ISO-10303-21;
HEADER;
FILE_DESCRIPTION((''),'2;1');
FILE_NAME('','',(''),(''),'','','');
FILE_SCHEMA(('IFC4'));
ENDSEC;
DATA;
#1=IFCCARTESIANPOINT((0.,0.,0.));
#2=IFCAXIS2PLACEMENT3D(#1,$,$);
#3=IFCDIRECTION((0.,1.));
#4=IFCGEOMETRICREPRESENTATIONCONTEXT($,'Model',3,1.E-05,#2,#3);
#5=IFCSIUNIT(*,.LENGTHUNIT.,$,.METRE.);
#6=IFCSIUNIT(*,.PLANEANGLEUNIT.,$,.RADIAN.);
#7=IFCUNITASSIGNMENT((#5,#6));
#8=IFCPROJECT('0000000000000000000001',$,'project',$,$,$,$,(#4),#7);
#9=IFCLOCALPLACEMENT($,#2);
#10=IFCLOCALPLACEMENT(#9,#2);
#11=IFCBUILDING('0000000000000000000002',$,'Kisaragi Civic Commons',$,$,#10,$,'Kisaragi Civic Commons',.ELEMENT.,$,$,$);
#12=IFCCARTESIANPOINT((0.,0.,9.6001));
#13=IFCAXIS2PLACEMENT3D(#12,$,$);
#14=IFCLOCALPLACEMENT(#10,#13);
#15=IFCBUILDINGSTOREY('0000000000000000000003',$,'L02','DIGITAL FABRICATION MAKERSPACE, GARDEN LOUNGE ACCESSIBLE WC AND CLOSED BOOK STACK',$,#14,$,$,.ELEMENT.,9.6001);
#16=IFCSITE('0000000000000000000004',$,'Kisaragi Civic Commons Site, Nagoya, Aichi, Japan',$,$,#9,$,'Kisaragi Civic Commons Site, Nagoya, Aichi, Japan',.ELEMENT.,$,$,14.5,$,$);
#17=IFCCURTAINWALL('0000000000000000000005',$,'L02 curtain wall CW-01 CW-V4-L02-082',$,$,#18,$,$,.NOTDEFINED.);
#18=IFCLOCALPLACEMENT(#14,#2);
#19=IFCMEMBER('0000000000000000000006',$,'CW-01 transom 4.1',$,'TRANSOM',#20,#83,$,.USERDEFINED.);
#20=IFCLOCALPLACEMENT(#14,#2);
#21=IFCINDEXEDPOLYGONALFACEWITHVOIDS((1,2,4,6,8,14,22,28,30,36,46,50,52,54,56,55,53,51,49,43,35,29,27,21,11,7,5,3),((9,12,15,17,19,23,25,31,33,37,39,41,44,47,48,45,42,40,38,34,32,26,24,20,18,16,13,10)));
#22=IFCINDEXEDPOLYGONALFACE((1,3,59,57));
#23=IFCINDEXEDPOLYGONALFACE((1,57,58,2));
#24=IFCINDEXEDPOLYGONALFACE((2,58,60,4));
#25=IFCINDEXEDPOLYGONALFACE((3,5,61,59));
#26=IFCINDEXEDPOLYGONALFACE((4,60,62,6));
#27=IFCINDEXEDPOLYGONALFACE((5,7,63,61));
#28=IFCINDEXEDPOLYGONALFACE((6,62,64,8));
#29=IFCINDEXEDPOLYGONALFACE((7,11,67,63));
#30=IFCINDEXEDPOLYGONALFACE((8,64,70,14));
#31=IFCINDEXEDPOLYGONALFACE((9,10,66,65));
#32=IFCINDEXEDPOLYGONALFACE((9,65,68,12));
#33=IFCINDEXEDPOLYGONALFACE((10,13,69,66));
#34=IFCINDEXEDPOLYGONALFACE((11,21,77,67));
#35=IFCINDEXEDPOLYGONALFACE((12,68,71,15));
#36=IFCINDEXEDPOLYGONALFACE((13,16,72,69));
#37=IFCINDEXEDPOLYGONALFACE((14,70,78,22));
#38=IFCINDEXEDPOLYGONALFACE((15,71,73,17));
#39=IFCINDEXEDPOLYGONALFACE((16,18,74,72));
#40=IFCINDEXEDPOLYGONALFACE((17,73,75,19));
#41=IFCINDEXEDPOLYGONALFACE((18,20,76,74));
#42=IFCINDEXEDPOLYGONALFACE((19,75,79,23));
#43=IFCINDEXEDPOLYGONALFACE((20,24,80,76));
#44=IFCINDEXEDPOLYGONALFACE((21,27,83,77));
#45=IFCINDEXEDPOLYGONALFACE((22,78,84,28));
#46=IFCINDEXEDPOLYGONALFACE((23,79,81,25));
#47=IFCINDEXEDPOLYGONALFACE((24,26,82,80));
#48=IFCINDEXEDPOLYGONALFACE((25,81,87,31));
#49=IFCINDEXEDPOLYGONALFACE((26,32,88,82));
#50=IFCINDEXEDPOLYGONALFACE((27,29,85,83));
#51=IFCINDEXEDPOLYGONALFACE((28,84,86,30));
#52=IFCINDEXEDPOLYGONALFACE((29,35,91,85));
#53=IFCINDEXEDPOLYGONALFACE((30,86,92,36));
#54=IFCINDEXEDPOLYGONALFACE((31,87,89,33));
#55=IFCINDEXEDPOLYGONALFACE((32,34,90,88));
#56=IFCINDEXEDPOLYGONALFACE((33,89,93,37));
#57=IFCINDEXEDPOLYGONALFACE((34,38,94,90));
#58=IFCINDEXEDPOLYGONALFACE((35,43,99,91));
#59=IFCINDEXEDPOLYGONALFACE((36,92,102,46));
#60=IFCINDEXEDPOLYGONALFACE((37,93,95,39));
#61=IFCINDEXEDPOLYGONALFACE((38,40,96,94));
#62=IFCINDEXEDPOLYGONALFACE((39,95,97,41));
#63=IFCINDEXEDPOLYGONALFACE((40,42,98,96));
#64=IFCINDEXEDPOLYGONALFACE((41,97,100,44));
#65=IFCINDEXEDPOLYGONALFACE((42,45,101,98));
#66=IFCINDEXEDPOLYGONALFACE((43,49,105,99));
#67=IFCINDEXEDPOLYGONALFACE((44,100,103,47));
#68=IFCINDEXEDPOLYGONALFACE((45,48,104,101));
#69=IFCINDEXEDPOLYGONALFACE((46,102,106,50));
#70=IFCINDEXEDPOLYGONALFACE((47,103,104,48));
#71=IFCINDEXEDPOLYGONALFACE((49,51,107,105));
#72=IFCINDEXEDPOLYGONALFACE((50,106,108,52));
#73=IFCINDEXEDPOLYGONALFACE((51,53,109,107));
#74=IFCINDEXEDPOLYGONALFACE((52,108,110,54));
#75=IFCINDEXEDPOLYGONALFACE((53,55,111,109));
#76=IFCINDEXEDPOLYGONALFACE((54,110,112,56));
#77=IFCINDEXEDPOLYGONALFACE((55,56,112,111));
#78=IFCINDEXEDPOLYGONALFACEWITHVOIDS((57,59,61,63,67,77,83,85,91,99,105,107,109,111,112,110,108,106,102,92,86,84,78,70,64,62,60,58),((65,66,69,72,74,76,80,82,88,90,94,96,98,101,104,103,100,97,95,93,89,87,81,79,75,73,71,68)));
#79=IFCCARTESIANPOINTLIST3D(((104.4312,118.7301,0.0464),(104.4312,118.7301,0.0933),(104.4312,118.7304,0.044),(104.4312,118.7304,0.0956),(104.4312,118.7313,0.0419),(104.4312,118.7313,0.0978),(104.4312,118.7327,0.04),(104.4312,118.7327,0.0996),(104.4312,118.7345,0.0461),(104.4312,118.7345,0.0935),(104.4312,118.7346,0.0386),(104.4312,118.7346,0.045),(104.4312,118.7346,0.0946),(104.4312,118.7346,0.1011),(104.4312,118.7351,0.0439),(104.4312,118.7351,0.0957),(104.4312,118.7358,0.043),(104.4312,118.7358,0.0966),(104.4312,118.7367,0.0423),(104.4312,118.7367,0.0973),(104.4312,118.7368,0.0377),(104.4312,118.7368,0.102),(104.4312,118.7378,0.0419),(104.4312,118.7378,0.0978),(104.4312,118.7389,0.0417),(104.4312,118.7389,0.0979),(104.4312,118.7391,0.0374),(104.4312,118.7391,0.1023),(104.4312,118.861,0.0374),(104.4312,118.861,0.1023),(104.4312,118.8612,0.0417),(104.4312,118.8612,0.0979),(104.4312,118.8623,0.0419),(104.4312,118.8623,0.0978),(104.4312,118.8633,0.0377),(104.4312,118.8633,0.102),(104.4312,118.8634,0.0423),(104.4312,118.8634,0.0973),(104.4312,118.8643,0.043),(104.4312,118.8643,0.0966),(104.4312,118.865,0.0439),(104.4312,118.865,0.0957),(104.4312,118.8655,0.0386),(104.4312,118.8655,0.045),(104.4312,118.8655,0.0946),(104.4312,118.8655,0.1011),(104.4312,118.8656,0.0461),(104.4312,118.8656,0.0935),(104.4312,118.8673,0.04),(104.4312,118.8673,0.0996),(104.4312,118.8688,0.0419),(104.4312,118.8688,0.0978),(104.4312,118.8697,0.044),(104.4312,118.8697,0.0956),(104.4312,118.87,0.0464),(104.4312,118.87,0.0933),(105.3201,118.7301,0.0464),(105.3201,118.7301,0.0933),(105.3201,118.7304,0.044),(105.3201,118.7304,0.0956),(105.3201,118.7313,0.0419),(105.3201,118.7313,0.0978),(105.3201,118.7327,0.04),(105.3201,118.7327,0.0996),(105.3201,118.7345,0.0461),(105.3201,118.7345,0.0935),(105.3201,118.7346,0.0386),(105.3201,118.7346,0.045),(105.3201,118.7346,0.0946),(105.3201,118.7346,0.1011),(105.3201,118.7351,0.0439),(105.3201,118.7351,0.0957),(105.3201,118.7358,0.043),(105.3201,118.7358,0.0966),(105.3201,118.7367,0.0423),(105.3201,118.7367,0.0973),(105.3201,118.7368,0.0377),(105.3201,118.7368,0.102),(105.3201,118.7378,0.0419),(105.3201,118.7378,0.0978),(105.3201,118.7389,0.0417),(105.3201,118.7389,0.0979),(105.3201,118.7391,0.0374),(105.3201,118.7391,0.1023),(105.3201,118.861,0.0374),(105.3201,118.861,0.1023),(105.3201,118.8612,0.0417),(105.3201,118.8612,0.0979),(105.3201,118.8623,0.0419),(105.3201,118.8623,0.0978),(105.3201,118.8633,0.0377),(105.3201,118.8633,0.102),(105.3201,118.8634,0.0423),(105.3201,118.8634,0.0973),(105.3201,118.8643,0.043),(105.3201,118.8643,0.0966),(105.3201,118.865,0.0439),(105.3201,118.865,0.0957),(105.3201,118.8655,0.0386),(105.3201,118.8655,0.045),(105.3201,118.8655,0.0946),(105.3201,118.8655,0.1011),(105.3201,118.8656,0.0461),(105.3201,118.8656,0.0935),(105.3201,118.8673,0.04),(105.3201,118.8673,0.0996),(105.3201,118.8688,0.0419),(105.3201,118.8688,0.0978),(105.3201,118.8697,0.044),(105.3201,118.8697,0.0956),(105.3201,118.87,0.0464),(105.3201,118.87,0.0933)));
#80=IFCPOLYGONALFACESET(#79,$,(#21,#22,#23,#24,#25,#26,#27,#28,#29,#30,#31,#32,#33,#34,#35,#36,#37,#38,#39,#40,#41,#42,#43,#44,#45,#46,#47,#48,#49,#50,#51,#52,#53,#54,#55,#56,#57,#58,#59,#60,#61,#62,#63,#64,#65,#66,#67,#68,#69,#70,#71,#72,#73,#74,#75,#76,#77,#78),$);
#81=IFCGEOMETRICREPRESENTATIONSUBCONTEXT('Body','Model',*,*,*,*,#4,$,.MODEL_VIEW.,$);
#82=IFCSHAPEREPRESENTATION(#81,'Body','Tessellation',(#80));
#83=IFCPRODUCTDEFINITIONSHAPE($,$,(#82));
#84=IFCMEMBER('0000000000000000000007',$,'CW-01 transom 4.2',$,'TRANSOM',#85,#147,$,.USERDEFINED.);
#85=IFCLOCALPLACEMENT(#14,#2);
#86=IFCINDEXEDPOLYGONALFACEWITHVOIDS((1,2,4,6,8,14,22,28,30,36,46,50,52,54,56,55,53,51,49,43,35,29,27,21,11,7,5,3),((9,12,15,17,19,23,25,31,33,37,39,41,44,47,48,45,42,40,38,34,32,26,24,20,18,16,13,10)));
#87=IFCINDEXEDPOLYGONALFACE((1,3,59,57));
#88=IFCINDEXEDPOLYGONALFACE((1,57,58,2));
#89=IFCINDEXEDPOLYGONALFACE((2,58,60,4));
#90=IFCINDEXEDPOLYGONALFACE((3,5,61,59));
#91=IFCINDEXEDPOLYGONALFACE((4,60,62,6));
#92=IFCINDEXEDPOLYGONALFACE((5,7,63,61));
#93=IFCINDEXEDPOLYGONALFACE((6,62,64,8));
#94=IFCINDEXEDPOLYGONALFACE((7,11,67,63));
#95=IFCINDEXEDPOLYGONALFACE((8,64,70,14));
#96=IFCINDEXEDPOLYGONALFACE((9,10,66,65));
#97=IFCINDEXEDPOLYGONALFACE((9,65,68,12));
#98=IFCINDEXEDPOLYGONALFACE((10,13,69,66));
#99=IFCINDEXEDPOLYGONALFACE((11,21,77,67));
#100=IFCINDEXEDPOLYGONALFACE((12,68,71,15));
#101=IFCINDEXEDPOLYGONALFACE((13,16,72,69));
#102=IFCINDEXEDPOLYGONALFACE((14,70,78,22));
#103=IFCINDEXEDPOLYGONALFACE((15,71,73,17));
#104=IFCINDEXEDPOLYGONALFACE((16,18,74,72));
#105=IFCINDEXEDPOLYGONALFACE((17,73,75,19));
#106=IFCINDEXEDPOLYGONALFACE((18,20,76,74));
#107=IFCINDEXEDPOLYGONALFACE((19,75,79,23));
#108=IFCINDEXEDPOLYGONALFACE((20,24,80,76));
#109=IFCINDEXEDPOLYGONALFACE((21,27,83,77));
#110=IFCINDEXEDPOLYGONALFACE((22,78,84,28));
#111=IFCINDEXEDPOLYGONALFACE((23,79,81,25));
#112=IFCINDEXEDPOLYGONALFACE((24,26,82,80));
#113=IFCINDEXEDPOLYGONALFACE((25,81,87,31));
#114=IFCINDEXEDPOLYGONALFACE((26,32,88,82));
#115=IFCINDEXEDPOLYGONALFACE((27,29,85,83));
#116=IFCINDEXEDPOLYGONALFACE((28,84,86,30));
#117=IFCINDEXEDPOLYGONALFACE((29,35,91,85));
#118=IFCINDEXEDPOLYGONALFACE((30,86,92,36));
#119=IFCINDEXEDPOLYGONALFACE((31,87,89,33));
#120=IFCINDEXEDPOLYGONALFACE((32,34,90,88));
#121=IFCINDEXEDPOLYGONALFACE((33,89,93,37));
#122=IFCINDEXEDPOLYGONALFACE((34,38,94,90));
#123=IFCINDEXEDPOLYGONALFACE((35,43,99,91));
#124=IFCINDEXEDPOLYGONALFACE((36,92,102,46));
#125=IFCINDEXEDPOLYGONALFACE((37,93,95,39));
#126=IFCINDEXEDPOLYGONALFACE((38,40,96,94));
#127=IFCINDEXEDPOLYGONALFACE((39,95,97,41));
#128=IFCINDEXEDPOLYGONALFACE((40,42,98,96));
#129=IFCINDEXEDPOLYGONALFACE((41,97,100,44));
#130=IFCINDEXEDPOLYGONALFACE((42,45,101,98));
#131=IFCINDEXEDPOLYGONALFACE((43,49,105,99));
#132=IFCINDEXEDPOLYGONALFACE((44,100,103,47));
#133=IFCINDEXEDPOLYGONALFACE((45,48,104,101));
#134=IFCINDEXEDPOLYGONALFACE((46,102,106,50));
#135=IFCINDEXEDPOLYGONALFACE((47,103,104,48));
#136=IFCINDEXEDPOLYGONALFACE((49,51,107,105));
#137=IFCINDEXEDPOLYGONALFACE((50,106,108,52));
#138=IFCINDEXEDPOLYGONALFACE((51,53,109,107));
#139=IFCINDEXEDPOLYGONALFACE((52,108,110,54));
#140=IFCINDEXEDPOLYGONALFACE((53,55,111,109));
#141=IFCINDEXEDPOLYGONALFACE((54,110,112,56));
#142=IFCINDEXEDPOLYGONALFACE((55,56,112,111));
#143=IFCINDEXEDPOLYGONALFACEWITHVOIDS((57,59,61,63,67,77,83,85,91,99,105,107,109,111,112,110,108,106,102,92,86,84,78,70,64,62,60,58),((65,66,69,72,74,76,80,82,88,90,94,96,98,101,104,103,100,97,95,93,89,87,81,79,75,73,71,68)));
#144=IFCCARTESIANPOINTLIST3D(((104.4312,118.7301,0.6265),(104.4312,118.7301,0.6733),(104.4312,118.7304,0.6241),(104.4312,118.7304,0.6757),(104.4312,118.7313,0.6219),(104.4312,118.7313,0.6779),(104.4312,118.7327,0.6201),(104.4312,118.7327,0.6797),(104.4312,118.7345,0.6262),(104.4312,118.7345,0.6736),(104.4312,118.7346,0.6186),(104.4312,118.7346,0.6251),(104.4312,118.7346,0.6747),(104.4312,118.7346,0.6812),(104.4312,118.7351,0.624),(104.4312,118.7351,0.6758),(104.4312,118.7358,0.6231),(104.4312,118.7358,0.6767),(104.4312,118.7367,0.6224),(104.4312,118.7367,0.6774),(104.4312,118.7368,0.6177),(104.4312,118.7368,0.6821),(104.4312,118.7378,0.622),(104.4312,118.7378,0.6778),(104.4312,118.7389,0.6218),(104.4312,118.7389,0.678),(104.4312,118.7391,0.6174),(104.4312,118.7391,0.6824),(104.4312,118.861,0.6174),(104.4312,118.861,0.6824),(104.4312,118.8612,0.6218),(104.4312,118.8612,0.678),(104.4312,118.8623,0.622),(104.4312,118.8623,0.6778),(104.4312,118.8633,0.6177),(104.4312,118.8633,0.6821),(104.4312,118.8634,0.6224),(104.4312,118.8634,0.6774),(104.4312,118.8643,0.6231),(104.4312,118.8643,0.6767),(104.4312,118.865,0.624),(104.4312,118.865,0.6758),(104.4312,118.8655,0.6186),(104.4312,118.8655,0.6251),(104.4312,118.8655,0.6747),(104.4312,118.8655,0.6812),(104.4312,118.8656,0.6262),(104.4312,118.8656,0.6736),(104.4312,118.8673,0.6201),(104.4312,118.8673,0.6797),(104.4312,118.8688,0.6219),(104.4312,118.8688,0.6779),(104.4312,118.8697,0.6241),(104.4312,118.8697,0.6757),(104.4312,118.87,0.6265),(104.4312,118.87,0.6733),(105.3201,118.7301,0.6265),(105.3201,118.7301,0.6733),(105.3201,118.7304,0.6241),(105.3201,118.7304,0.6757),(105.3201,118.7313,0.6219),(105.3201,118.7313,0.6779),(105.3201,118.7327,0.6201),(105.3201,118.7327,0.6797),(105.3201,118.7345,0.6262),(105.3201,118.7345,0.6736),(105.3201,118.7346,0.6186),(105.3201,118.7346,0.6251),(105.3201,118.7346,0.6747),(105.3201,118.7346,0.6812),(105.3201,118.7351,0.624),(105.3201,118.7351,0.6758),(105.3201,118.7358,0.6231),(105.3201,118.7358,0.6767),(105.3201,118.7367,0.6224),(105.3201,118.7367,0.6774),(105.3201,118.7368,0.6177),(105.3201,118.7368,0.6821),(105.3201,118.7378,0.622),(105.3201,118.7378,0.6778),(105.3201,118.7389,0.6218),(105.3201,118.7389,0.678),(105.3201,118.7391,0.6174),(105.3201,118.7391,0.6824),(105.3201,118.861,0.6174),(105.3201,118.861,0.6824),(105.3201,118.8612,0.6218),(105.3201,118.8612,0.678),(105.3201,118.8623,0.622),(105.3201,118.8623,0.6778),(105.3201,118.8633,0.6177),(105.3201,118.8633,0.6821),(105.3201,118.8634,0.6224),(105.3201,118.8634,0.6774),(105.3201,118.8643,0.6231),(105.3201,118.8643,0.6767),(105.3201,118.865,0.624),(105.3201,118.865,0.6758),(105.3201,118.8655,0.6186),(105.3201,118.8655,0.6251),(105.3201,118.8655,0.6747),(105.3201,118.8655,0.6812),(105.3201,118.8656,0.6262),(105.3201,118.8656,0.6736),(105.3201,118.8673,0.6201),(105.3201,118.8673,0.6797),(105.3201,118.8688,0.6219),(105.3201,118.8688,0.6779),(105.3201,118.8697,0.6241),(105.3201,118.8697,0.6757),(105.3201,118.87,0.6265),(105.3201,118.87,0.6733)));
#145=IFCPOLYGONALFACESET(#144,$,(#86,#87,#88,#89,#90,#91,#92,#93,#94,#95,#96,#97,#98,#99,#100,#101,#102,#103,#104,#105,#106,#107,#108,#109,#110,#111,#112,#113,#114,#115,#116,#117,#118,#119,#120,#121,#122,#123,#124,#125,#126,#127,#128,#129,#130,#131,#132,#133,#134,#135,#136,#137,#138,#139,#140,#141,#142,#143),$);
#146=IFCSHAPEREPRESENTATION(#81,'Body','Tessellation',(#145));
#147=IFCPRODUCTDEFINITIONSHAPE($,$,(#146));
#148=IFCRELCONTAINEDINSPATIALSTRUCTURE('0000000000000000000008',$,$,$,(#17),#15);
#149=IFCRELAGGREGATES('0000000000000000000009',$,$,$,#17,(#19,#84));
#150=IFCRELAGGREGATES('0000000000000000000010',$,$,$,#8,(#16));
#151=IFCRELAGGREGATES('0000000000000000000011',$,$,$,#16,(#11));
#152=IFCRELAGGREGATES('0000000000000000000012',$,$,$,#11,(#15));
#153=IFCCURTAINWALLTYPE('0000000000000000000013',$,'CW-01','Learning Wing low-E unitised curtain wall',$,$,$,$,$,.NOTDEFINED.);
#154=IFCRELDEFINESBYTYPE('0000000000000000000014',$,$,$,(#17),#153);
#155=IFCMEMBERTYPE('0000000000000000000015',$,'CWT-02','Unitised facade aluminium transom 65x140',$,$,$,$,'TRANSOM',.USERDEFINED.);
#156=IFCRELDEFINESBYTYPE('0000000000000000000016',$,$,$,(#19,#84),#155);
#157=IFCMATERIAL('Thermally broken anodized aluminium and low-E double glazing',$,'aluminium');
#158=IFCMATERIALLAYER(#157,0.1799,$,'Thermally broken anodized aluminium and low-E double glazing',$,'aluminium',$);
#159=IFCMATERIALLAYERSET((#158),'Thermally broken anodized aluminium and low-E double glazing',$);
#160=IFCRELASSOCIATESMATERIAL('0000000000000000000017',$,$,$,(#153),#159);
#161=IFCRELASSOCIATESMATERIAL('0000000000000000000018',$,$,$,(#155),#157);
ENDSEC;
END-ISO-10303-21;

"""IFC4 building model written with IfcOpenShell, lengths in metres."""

from ifc_helpers import new_model, si_unit, direction, frame, origin, origin_2d, place, context, subcontext, project, spatial, hollow_rectangle, extrude, material, layer, layer_set, material_profile, profile_set, type_object, element, aggregate, save


model = new_model("IFC4")

# Units and contexts
model_context = context("Model", 3, precision=1e-05, world=origin(), true_north=direction((0.0, 1.0)))
body_context = subcontext(model_context, "Body", "Model", "MODEL_VIEW")
ifc_project = project(units=[si_unit("LENGTHUNIT", "METRE"), si_unit("PLANEANGLEUNIT", "RADIAN")], contexts=[model_context])

# Site, building, storey
site_placement = place(None, origin())
site = spatial("IfcSite", under=ifc_project, at=site_placement, Name="Kisaragi Civic Commons Site, Nagoya, Aichi, Japan", LongName="Kisaragi Civic Commons Site, Nagoya, Aichi, Japan", CompositionType="ELEMENT", RefElevation=14.5)
building_placement = place(site_placement, origin())
building = spatial("IfcBuilding", under=site, at=building_placement, Name="Kisaragi Civic Commons", LongName="Kisaragi Civic Commons", CompositionType="ELEMENT")
storey_placement = place(building_placement, frame((0.0, 0.0, 9.6001)))
storey = spatial("IfcBuildingStorey", under=building, at=storey_placement, Name="L02", Description="DIGITAL FABRICATION MAKERSPACE, GARDEN LOUNGE ACCESSIBLE WC AND CLOSED BOOK STACK", CompositionType="ELEMENT", Elevation=9.6001)

# Curtain wall
ifc_material_1 = material(Name="Thermally broken anodized aluminium and low-E double glazing", Category="aluminium")
ifc_layer_1 = layer(ifc_material_1, 0.1799, Name="Thermally broken anodized aluminium and low-E double glazing", Category="aluminium")
ifc_layer_set_1 = layer_set([ifc_layer_1], Name="Thermally broken anodized aluminium and low-E double glazing")
curtain_wall_type = type_object("IfcCurtainWallType", Name="CW-01", Description="Learning Wing low-E unitised curtain wall", PredefinedType="NOTDEFINED", material=ifc_layer_set_1)
curtain_wall_1_placement = place(storey_placement, origin())
curtain_wall_1 = element("IfcCurtainWall", 1, at=curtain_wall_1_placement, inside=storey, type_object=curtain_wall_type, Name="L02 curtain wall CW-01 CW-V4-L02-082", PredefinedType="NOTDEFINED")

# Members
ifc_material_profile_1 = material_profile(ifc_material_1, hollow_rectangle(XDim=0.1399, YDim=0.0649, WallThickness=0.0044, InnerFilletRadius=0.0044, OuterFilletRadius=0.009, at=origin_2d()), Name="CWT-65x140x4.5", Category="aluminium")
ifc_profile_set_1 = profile_set([ifc_material_profile_1], Name="Thermally broken anodized aluminium and low-E double glazing")
member_type_1 = type_object("IfcMemberType", Name="CWT-02", Description="Unitised facade aluminium transom 65x140", ElementType="TRANSOM", PredefinedType="USERDEFINED", material=ifc_profile_set_1)
member_1_placement = place(storey_placement, frame((104.4312, 118.8, 0.0698), z_axis=(1.0, 0.0, 0.0), x_axis=(0.0, 1.0, 0.0)))
member_1 = element("IfcMember", 2, at=member_1_placement, type_object=member_type_1, Name="CW-01 transom 4.1", ObjectType="TRANSOM", PredefinedType="USERDEFINED", context=body_context, shape_type="SweptSolid", body=[
    extrude(hollow_rectangle(XDim=0.1399, YDim=0.0649, WallThickness=0.0044, InnerFilletRadius=0.0044, OuterFilletRadius=0.009, at=origin_2d()), origin(), (0.0, 0.0, 1.0), 0.8889),
])
member_2_placement = place(storey_placement, frame((104.4312, 118.8, 0.6499), z_axis=(1.0, 0.0, 0.0), x_axis=(0.0, 1.0, 0.0)))
member_2 = element("IfcMember", 3, at=member_2_placement, type_object=member_type_1, Name="CW-01 transom 4.2", ObjectType="TRANSOM", PredefinedType="USERDEFINED", context=body_context, shape_type="SweptSolid", body=[
    extrude(hollow_rectangle(XDim=0.1399, YDim=0.0649, WallThickness=0.0044, InnerFilletRadius=0.0044, OuterFilletRadius=0.009, at=origin_2d()), origin(), (0.0, 0.0, 1.0), 0.8889),
])

aggregate(curtain_wall_1, [member_1, member_2])

save(model, "model.ifc")
